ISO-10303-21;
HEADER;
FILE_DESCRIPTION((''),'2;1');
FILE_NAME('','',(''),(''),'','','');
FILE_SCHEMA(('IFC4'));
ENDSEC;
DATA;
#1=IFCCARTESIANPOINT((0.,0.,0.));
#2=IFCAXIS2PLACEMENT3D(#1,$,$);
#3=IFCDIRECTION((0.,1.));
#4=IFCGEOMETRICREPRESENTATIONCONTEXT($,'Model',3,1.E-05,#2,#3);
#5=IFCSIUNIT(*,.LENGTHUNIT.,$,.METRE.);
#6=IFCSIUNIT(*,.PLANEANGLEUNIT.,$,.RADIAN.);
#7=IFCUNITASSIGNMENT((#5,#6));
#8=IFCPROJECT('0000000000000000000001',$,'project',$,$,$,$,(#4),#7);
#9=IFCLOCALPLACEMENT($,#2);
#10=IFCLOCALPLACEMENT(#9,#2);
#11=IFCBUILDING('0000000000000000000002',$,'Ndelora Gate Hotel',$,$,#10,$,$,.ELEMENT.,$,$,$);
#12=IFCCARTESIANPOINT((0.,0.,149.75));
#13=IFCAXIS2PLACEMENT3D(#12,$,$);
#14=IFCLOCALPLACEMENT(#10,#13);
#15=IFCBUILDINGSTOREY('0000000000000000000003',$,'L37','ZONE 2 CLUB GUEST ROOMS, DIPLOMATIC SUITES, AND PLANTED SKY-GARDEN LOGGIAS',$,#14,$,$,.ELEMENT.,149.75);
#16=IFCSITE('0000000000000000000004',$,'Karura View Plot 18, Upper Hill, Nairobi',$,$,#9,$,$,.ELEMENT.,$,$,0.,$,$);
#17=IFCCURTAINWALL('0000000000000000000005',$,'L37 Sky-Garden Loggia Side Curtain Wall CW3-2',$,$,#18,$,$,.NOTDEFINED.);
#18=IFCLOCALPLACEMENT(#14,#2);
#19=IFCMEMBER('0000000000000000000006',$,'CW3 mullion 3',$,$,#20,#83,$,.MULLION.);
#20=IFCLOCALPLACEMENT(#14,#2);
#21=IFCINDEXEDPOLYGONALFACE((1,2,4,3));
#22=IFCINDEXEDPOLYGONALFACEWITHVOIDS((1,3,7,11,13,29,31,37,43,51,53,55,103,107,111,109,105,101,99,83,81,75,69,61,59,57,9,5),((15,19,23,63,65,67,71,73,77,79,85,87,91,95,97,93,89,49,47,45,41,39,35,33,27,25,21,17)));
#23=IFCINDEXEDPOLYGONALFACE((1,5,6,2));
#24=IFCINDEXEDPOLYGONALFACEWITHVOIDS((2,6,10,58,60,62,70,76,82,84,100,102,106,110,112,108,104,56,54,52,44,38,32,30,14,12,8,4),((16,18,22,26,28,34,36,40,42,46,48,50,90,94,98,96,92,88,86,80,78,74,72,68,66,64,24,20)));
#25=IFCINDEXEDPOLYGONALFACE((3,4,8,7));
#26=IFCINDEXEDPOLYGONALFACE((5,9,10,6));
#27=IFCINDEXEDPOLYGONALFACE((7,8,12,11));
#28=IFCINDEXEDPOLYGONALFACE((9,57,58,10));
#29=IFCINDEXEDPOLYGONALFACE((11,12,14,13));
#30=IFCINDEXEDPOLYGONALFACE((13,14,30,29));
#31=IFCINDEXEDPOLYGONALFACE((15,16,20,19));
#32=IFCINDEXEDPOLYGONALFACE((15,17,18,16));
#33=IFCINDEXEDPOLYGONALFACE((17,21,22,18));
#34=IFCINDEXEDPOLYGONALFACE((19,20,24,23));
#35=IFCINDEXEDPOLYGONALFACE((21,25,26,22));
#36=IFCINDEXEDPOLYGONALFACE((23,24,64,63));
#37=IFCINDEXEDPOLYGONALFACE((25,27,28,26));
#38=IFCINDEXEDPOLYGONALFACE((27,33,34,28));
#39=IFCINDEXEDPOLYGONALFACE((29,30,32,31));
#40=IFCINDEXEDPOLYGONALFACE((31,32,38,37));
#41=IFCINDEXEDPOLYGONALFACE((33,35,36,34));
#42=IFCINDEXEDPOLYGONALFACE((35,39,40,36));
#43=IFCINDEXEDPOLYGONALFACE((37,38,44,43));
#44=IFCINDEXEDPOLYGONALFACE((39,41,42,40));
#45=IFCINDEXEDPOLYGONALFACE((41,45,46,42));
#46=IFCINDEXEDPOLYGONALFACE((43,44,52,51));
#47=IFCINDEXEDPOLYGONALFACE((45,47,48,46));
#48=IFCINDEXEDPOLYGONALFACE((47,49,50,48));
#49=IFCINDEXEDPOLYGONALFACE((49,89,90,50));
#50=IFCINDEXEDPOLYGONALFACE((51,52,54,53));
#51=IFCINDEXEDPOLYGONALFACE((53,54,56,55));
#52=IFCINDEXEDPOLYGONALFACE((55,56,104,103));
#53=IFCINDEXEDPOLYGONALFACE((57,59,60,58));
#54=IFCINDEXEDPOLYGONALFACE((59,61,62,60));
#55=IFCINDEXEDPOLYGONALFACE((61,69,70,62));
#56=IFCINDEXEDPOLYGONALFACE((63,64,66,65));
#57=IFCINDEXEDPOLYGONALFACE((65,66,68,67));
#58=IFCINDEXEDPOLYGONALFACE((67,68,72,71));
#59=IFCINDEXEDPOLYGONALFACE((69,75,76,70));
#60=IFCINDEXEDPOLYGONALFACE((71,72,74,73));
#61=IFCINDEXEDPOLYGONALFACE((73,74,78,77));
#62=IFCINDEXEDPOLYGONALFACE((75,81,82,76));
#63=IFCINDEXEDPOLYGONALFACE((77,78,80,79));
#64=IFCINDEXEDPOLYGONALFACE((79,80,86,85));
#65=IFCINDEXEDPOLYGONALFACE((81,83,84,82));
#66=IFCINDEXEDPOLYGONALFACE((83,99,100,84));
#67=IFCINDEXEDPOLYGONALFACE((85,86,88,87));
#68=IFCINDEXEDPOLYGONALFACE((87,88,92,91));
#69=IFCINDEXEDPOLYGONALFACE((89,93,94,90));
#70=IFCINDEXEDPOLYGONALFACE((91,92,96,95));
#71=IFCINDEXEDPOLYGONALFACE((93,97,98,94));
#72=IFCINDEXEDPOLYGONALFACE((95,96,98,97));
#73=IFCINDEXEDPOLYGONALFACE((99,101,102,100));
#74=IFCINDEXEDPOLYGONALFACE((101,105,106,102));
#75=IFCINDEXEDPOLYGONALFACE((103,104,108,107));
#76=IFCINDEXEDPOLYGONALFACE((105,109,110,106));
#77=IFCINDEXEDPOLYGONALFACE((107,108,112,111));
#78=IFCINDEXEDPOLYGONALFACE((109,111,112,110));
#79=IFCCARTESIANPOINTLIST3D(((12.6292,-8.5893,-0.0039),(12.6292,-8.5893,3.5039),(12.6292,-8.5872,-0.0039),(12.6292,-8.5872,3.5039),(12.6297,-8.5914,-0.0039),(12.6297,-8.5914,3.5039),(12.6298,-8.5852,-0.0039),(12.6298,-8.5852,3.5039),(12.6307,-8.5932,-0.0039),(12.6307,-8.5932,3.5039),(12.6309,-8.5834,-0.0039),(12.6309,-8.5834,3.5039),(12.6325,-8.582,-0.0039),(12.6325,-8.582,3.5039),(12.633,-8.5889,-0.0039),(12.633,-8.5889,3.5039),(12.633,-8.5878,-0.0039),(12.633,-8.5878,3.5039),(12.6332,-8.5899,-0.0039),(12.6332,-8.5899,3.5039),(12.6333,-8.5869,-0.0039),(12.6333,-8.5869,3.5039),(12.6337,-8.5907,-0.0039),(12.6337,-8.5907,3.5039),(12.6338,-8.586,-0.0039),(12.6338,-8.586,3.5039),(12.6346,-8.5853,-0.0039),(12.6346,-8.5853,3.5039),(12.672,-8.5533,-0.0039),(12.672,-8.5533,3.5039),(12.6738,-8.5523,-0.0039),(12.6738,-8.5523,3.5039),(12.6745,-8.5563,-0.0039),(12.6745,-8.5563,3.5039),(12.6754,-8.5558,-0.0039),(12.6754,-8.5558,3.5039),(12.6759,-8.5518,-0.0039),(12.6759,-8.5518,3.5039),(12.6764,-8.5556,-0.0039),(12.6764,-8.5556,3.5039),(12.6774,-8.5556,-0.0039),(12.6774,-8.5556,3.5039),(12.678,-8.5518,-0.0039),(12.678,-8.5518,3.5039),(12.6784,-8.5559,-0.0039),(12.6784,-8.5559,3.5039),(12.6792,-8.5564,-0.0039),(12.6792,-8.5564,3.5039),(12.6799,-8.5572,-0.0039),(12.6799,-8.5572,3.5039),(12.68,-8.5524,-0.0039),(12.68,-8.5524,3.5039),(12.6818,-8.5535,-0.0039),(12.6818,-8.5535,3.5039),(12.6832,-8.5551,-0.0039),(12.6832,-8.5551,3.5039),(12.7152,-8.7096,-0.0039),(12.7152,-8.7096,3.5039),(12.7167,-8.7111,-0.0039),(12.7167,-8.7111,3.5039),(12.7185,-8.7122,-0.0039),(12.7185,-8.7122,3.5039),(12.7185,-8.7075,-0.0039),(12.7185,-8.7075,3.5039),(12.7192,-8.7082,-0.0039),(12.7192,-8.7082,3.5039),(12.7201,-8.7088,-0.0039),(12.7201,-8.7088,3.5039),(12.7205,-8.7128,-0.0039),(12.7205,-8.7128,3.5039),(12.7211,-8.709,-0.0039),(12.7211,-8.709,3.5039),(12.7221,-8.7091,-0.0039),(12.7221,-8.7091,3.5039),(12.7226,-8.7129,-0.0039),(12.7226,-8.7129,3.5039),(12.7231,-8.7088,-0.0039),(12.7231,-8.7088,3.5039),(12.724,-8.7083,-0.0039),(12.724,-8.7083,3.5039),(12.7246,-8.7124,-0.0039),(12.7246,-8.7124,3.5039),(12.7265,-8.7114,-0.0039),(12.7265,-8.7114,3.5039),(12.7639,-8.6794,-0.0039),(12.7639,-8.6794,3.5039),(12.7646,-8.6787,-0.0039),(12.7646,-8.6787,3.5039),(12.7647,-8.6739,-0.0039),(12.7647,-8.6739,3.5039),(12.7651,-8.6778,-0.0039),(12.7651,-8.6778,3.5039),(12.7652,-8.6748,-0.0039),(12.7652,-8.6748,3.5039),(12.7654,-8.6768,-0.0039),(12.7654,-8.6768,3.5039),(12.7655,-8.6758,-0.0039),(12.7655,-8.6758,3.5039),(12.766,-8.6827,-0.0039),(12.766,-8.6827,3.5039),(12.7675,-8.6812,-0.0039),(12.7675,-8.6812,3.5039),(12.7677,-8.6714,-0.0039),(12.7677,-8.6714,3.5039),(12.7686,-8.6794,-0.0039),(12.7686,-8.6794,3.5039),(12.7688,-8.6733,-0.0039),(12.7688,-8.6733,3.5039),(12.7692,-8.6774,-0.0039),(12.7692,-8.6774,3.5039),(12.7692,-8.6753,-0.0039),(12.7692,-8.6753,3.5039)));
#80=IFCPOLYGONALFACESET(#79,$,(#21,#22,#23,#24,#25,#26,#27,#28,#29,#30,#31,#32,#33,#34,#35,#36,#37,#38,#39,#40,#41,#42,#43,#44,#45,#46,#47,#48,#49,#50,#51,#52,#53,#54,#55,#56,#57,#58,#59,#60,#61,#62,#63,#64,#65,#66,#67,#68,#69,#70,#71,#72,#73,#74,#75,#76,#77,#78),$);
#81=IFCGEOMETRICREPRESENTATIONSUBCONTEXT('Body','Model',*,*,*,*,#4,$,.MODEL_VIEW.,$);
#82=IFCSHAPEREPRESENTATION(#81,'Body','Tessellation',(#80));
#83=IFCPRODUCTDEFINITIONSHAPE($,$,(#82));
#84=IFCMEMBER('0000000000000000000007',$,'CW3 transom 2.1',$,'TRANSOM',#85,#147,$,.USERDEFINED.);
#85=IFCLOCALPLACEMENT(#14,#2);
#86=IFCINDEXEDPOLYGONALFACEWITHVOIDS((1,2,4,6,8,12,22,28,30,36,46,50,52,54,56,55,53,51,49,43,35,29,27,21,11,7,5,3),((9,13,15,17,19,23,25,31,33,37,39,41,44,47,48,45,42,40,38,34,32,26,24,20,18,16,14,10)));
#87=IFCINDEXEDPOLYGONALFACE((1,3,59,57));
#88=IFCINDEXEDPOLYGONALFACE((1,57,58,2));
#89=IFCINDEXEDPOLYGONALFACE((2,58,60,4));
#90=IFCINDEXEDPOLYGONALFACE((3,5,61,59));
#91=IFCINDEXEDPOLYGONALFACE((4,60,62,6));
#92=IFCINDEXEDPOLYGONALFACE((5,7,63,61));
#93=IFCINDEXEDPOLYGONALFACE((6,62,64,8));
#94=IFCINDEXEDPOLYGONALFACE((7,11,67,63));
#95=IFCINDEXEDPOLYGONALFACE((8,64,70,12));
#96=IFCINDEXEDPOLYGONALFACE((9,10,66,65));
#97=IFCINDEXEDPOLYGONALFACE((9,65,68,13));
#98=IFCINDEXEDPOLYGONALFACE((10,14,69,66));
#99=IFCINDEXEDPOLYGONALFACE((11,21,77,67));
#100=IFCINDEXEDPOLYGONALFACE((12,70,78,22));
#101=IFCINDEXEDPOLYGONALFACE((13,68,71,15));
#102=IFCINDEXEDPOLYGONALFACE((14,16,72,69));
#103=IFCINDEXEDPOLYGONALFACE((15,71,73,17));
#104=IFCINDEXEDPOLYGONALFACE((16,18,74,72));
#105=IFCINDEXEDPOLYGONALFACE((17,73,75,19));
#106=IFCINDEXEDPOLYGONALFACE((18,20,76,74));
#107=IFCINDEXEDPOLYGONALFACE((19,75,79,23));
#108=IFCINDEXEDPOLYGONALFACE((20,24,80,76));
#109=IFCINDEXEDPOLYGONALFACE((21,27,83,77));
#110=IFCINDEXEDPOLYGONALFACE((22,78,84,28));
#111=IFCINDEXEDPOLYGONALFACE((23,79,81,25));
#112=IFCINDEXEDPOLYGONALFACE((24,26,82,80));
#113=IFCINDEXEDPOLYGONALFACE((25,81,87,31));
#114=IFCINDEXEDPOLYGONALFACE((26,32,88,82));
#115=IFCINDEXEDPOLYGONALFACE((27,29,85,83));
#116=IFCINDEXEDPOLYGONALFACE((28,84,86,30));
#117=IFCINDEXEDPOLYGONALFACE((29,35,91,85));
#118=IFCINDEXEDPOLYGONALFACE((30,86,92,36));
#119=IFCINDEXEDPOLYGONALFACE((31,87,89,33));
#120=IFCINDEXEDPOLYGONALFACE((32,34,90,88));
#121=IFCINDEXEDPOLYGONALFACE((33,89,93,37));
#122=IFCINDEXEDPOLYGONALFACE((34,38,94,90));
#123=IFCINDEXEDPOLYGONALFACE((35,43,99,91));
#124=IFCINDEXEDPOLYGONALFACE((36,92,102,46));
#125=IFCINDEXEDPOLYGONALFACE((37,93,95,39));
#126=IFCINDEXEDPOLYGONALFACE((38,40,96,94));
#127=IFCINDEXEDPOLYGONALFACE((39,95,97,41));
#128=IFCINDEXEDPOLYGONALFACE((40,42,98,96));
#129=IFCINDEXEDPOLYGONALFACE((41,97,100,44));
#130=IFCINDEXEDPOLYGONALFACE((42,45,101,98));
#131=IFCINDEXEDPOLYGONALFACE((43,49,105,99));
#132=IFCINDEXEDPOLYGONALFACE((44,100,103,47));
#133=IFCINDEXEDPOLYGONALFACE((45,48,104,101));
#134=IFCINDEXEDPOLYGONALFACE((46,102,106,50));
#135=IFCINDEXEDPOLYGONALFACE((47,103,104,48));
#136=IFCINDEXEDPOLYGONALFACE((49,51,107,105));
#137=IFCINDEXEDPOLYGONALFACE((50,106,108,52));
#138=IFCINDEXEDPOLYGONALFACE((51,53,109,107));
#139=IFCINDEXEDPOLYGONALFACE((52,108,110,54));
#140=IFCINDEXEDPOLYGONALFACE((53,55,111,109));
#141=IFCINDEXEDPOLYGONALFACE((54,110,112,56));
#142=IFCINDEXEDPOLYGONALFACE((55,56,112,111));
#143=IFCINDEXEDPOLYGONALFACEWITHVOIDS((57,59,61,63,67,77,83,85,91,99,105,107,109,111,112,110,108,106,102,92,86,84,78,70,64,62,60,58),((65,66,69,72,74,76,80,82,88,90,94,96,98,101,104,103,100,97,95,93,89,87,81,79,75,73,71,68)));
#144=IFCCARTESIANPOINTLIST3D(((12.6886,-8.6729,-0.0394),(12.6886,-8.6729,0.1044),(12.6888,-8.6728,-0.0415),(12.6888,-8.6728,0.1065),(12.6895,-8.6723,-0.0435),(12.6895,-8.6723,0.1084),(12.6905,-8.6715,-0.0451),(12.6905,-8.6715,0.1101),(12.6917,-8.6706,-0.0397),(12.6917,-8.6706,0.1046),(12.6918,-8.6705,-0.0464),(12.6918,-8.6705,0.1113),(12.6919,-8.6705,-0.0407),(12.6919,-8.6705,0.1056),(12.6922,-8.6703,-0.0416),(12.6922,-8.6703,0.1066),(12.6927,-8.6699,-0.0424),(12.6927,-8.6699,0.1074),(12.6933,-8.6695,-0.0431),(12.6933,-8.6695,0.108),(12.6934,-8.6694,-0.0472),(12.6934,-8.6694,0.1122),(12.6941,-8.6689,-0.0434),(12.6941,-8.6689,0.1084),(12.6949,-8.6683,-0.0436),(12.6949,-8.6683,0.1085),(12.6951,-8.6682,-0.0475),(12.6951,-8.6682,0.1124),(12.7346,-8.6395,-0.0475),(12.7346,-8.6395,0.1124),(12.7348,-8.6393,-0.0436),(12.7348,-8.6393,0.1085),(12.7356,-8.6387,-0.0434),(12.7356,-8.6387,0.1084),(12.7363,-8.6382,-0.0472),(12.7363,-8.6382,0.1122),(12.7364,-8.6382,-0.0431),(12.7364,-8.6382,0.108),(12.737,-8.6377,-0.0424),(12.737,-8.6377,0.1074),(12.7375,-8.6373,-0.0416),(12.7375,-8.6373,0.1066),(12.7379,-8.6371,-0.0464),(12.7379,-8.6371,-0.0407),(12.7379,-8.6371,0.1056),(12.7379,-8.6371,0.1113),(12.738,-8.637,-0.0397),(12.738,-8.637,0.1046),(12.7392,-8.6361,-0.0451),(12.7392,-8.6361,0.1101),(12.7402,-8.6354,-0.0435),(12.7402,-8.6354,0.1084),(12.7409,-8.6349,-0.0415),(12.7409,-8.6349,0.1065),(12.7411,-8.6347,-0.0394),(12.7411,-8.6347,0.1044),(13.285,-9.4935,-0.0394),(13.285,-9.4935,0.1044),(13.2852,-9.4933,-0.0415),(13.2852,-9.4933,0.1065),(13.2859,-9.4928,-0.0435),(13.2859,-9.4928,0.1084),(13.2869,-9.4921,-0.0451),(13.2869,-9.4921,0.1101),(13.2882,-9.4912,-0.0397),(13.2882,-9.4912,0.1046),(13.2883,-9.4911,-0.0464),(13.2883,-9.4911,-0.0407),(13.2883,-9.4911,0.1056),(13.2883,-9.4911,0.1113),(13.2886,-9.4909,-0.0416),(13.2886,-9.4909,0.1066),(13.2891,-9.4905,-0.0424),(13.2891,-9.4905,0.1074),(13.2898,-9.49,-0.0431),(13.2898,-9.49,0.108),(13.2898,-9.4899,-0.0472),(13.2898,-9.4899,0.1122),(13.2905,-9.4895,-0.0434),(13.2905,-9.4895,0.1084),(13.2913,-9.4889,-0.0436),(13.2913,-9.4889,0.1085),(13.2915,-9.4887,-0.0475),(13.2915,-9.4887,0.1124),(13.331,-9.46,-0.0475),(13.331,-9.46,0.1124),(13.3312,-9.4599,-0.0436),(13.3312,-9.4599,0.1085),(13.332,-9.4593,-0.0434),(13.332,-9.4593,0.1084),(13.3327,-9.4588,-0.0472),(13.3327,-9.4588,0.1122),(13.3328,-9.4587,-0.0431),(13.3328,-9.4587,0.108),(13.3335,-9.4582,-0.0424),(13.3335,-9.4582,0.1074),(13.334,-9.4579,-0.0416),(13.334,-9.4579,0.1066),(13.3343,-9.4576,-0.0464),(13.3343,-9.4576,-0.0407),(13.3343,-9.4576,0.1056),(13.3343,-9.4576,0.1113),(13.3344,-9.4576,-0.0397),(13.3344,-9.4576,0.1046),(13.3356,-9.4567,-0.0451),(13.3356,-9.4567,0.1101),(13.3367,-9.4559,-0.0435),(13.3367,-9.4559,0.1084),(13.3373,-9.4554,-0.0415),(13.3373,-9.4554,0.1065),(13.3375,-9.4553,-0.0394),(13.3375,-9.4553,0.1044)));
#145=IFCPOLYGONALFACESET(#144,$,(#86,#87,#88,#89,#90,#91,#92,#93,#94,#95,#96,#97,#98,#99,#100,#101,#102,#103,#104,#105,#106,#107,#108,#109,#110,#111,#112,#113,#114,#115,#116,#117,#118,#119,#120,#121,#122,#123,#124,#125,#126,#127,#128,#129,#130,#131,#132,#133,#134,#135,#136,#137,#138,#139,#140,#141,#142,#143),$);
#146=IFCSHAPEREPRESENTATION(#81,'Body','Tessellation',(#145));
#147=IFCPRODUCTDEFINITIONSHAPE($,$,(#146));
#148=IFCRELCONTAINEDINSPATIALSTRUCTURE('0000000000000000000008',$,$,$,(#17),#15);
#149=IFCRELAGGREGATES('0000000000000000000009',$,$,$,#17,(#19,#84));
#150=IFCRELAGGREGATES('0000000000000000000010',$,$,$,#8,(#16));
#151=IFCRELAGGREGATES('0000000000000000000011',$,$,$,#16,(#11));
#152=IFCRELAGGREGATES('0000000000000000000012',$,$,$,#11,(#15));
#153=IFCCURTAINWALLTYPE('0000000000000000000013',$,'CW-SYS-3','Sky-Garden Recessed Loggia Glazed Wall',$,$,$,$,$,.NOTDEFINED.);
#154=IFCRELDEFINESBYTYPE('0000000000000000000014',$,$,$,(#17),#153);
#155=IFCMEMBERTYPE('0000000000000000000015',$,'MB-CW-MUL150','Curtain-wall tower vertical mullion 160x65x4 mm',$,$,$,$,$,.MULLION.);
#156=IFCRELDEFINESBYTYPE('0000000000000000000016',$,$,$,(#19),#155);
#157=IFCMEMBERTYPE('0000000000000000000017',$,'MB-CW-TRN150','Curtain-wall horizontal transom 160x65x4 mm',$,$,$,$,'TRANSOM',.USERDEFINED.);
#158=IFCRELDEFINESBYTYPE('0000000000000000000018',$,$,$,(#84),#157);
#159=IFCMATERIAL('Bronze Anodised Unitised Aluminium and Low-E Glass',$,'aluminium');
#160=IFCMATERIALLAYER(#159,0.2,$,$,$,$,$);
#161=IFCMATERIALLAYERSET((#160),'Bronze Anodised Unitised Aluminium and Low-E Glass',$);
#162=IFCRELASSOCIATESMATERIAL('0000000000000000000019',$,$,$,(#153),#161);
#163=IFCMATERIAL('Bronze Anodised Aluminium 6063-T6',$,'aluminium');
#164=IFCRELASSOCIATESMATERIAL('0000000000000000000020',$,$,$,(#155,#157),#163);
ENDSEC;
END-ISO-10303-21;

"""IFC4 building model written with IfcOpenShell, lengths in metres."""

from ifc_helpers import new_model, si_unit, direction, frame, origin, origin_2d, place, context, subcontext, project, spatial, hollow_rectangle, extrude, material, layer, layer_set, material_profile, profile_set, type_object, element, aggregate, save


model = new_model("IFC4")

# Units and contexts
model_context = context("Model", 3, precision=1e-05, world=origin(), true_north=direction((0.0, 1.0)))
body_context = subcontext(model_context, "Body", "Model", "MODEL_VIEW")
ifc_project = project(units=[si_unit("LENGTHUNIT", "METRE"), si_unit("PLANEANGLEUNIT", "RADIAN")], contexts=[model_context])

# Site, building, storey
site_placement = place(None, origin())
site = spatial("IfcSite", under=ifc_project, at=site_placement, Name="Karura View Plot 18, Upper Hill, Nairobi", CompositionType="ELEMENT", RefElevation=0.0)
building_placement = place(site_placement, origin())
building = spatial("IfcBuilding", under=site, at=building_placement, Name="Ndelora Gate Hotel", CompositionType="ELEMENT")
storey_placement = place(building_placement, frame((0.0, 0.0, 149.75)))
storey = spatial("IfcBuildingStorey", under=building, at=storey_placement, Name="L37", Description="ZONE 2 CLUB GUEST ROOMS, DIPLOMATIC SUITES, AND PLANTED SKY-GARDEN LOGGIAS", CompositionType="ELEMENT", Elevation=149.75)

# Curtain wall, members
ifc_material_1 = material(Name="Bronze Anodised Unitised Aluminium and Low-E Glass", Category="aluminium")
ifc_layer_1 = layer(ifc_material_1, 0.2)
ifc_layer_set_1 = layer_set([ifc_layer_1], Name="Bronze Anodised Unitised Aluminium and Low-E Glass")
curtain_wall_type = type_object("IfcCurtainWallType", Name="CW-SYS-3", Description="Sky-Garden Recessed Loggia Glazed Wall", PredefinedType="NOTDEFINED", material=ifc_layer_set_1)
curtain_wall_placement = place(storey_placement, origin())
curtain_wall = element("IfcCurtainWall", 1, at=curtain_wall_placement, inside=storey, type_object=curtain_wall_type, Name="L37 Sky-Garden Loggia Side Curtain Wall CW3-2", PredefinedType="NOTDEFINED")
ifc_material_2 = material(Name="Bronze Anodised Aluminium 6063-T6", Category="aluminium")
ifc_material_profile_1 = material_profile(ifc_material_2, hollow_rectangle(XDim=0.0649, YDim=0.1599, WallThickness=0.0039, InnerFilletRadius=0.0039, OuterFilletRadius=0.0081, at=origin_2d()), Name="ALU 160x65x4")
ifc_profile_set_1 = profile_set([ifc_material_profile_1], Name="Bronze Anodised Aluminium 6063-T6")
member_type_1 = type_object("IfcMemberType", Name="MB-CW-MUL150", Description="Curtain-wall tower vertical mullion 160x65x4 mm", PredefinedType="MULLION", material=ifc_profile_set_1)
member_1_placement = place(storey_placement, frame((12.6992, -8.6323, -0.0039), z_axis=(0.0, 0.0, 1.0), x_axis=(-0.809017, -0.587785, 0.0)))
member_1 = element("IfcMember", 2, at=member_1_placement, type_object=member_type_1, Name="CW3 mullion 3", PredefinedType="MULLION", context=body_context, shape_type="SweptSolid", body=[
    extrude(hollow_rectangle(XDim=0.0649, YDim=0.1599, WallThickness=0.0039, InnerFilletRadius=0.0039, OuterFilletRadius=0.0081, at=origin_2d()), origin(), (0.0, 0.0, 1.0), 3.5078),
])
ifc_material_profile_2 = material_profile(ifc_material_2, hollow_rectangle(XDim=0.0649, YDim=0.1599, WallThickness=0.0039, InnerFilletRadius=0.0039, OuterFilletRadius=0.0081, at=origin_2d()), Name="ALU 160x65x4")
ifc_profile_set_2 = profile_set([ifc_material_profile_2], Name="Bronze Anodised Aluminium 6063-T6")
member_type_2 = type_object("IfcMemberType", Name="MB-CW-TRN150", Description="Curtain-wall horizontal transom 160x65x4 mm", ElementType="TRANSOM", PredefinedType="USERDEFINED", material=ifc_profile_set_2)
member_2_placement = place(storey_placement, frame((13.3113, -9.4744, 0.0325), z_axis=(-0.587957, 0.808892, 0.0), x_axis=(-0.808892, -0.587957, 0.0)))
member_2 = element("IfcMember", 3, at=member_2_placement, type_object=member_type_2, Name="CW3 transom 2.1", ObjectType="TRANSOM", PredefinedType="USERDEFINED", context=body_context, shape_type="SweptSolid", body=[
    extrude(hollow_rectangle(XDim=0.0649, YDim=0.1599, WallThickness=0.0039, InnerFilletRadius=0.0039, OuterFilletRadius=0.0081, at=origin_2d()), origin(), (0.0, 0.0, 1.0), 1.0144),
])
aggregate(curtain_wall, [member_1, member_2])

save(model, "model.ifc")
